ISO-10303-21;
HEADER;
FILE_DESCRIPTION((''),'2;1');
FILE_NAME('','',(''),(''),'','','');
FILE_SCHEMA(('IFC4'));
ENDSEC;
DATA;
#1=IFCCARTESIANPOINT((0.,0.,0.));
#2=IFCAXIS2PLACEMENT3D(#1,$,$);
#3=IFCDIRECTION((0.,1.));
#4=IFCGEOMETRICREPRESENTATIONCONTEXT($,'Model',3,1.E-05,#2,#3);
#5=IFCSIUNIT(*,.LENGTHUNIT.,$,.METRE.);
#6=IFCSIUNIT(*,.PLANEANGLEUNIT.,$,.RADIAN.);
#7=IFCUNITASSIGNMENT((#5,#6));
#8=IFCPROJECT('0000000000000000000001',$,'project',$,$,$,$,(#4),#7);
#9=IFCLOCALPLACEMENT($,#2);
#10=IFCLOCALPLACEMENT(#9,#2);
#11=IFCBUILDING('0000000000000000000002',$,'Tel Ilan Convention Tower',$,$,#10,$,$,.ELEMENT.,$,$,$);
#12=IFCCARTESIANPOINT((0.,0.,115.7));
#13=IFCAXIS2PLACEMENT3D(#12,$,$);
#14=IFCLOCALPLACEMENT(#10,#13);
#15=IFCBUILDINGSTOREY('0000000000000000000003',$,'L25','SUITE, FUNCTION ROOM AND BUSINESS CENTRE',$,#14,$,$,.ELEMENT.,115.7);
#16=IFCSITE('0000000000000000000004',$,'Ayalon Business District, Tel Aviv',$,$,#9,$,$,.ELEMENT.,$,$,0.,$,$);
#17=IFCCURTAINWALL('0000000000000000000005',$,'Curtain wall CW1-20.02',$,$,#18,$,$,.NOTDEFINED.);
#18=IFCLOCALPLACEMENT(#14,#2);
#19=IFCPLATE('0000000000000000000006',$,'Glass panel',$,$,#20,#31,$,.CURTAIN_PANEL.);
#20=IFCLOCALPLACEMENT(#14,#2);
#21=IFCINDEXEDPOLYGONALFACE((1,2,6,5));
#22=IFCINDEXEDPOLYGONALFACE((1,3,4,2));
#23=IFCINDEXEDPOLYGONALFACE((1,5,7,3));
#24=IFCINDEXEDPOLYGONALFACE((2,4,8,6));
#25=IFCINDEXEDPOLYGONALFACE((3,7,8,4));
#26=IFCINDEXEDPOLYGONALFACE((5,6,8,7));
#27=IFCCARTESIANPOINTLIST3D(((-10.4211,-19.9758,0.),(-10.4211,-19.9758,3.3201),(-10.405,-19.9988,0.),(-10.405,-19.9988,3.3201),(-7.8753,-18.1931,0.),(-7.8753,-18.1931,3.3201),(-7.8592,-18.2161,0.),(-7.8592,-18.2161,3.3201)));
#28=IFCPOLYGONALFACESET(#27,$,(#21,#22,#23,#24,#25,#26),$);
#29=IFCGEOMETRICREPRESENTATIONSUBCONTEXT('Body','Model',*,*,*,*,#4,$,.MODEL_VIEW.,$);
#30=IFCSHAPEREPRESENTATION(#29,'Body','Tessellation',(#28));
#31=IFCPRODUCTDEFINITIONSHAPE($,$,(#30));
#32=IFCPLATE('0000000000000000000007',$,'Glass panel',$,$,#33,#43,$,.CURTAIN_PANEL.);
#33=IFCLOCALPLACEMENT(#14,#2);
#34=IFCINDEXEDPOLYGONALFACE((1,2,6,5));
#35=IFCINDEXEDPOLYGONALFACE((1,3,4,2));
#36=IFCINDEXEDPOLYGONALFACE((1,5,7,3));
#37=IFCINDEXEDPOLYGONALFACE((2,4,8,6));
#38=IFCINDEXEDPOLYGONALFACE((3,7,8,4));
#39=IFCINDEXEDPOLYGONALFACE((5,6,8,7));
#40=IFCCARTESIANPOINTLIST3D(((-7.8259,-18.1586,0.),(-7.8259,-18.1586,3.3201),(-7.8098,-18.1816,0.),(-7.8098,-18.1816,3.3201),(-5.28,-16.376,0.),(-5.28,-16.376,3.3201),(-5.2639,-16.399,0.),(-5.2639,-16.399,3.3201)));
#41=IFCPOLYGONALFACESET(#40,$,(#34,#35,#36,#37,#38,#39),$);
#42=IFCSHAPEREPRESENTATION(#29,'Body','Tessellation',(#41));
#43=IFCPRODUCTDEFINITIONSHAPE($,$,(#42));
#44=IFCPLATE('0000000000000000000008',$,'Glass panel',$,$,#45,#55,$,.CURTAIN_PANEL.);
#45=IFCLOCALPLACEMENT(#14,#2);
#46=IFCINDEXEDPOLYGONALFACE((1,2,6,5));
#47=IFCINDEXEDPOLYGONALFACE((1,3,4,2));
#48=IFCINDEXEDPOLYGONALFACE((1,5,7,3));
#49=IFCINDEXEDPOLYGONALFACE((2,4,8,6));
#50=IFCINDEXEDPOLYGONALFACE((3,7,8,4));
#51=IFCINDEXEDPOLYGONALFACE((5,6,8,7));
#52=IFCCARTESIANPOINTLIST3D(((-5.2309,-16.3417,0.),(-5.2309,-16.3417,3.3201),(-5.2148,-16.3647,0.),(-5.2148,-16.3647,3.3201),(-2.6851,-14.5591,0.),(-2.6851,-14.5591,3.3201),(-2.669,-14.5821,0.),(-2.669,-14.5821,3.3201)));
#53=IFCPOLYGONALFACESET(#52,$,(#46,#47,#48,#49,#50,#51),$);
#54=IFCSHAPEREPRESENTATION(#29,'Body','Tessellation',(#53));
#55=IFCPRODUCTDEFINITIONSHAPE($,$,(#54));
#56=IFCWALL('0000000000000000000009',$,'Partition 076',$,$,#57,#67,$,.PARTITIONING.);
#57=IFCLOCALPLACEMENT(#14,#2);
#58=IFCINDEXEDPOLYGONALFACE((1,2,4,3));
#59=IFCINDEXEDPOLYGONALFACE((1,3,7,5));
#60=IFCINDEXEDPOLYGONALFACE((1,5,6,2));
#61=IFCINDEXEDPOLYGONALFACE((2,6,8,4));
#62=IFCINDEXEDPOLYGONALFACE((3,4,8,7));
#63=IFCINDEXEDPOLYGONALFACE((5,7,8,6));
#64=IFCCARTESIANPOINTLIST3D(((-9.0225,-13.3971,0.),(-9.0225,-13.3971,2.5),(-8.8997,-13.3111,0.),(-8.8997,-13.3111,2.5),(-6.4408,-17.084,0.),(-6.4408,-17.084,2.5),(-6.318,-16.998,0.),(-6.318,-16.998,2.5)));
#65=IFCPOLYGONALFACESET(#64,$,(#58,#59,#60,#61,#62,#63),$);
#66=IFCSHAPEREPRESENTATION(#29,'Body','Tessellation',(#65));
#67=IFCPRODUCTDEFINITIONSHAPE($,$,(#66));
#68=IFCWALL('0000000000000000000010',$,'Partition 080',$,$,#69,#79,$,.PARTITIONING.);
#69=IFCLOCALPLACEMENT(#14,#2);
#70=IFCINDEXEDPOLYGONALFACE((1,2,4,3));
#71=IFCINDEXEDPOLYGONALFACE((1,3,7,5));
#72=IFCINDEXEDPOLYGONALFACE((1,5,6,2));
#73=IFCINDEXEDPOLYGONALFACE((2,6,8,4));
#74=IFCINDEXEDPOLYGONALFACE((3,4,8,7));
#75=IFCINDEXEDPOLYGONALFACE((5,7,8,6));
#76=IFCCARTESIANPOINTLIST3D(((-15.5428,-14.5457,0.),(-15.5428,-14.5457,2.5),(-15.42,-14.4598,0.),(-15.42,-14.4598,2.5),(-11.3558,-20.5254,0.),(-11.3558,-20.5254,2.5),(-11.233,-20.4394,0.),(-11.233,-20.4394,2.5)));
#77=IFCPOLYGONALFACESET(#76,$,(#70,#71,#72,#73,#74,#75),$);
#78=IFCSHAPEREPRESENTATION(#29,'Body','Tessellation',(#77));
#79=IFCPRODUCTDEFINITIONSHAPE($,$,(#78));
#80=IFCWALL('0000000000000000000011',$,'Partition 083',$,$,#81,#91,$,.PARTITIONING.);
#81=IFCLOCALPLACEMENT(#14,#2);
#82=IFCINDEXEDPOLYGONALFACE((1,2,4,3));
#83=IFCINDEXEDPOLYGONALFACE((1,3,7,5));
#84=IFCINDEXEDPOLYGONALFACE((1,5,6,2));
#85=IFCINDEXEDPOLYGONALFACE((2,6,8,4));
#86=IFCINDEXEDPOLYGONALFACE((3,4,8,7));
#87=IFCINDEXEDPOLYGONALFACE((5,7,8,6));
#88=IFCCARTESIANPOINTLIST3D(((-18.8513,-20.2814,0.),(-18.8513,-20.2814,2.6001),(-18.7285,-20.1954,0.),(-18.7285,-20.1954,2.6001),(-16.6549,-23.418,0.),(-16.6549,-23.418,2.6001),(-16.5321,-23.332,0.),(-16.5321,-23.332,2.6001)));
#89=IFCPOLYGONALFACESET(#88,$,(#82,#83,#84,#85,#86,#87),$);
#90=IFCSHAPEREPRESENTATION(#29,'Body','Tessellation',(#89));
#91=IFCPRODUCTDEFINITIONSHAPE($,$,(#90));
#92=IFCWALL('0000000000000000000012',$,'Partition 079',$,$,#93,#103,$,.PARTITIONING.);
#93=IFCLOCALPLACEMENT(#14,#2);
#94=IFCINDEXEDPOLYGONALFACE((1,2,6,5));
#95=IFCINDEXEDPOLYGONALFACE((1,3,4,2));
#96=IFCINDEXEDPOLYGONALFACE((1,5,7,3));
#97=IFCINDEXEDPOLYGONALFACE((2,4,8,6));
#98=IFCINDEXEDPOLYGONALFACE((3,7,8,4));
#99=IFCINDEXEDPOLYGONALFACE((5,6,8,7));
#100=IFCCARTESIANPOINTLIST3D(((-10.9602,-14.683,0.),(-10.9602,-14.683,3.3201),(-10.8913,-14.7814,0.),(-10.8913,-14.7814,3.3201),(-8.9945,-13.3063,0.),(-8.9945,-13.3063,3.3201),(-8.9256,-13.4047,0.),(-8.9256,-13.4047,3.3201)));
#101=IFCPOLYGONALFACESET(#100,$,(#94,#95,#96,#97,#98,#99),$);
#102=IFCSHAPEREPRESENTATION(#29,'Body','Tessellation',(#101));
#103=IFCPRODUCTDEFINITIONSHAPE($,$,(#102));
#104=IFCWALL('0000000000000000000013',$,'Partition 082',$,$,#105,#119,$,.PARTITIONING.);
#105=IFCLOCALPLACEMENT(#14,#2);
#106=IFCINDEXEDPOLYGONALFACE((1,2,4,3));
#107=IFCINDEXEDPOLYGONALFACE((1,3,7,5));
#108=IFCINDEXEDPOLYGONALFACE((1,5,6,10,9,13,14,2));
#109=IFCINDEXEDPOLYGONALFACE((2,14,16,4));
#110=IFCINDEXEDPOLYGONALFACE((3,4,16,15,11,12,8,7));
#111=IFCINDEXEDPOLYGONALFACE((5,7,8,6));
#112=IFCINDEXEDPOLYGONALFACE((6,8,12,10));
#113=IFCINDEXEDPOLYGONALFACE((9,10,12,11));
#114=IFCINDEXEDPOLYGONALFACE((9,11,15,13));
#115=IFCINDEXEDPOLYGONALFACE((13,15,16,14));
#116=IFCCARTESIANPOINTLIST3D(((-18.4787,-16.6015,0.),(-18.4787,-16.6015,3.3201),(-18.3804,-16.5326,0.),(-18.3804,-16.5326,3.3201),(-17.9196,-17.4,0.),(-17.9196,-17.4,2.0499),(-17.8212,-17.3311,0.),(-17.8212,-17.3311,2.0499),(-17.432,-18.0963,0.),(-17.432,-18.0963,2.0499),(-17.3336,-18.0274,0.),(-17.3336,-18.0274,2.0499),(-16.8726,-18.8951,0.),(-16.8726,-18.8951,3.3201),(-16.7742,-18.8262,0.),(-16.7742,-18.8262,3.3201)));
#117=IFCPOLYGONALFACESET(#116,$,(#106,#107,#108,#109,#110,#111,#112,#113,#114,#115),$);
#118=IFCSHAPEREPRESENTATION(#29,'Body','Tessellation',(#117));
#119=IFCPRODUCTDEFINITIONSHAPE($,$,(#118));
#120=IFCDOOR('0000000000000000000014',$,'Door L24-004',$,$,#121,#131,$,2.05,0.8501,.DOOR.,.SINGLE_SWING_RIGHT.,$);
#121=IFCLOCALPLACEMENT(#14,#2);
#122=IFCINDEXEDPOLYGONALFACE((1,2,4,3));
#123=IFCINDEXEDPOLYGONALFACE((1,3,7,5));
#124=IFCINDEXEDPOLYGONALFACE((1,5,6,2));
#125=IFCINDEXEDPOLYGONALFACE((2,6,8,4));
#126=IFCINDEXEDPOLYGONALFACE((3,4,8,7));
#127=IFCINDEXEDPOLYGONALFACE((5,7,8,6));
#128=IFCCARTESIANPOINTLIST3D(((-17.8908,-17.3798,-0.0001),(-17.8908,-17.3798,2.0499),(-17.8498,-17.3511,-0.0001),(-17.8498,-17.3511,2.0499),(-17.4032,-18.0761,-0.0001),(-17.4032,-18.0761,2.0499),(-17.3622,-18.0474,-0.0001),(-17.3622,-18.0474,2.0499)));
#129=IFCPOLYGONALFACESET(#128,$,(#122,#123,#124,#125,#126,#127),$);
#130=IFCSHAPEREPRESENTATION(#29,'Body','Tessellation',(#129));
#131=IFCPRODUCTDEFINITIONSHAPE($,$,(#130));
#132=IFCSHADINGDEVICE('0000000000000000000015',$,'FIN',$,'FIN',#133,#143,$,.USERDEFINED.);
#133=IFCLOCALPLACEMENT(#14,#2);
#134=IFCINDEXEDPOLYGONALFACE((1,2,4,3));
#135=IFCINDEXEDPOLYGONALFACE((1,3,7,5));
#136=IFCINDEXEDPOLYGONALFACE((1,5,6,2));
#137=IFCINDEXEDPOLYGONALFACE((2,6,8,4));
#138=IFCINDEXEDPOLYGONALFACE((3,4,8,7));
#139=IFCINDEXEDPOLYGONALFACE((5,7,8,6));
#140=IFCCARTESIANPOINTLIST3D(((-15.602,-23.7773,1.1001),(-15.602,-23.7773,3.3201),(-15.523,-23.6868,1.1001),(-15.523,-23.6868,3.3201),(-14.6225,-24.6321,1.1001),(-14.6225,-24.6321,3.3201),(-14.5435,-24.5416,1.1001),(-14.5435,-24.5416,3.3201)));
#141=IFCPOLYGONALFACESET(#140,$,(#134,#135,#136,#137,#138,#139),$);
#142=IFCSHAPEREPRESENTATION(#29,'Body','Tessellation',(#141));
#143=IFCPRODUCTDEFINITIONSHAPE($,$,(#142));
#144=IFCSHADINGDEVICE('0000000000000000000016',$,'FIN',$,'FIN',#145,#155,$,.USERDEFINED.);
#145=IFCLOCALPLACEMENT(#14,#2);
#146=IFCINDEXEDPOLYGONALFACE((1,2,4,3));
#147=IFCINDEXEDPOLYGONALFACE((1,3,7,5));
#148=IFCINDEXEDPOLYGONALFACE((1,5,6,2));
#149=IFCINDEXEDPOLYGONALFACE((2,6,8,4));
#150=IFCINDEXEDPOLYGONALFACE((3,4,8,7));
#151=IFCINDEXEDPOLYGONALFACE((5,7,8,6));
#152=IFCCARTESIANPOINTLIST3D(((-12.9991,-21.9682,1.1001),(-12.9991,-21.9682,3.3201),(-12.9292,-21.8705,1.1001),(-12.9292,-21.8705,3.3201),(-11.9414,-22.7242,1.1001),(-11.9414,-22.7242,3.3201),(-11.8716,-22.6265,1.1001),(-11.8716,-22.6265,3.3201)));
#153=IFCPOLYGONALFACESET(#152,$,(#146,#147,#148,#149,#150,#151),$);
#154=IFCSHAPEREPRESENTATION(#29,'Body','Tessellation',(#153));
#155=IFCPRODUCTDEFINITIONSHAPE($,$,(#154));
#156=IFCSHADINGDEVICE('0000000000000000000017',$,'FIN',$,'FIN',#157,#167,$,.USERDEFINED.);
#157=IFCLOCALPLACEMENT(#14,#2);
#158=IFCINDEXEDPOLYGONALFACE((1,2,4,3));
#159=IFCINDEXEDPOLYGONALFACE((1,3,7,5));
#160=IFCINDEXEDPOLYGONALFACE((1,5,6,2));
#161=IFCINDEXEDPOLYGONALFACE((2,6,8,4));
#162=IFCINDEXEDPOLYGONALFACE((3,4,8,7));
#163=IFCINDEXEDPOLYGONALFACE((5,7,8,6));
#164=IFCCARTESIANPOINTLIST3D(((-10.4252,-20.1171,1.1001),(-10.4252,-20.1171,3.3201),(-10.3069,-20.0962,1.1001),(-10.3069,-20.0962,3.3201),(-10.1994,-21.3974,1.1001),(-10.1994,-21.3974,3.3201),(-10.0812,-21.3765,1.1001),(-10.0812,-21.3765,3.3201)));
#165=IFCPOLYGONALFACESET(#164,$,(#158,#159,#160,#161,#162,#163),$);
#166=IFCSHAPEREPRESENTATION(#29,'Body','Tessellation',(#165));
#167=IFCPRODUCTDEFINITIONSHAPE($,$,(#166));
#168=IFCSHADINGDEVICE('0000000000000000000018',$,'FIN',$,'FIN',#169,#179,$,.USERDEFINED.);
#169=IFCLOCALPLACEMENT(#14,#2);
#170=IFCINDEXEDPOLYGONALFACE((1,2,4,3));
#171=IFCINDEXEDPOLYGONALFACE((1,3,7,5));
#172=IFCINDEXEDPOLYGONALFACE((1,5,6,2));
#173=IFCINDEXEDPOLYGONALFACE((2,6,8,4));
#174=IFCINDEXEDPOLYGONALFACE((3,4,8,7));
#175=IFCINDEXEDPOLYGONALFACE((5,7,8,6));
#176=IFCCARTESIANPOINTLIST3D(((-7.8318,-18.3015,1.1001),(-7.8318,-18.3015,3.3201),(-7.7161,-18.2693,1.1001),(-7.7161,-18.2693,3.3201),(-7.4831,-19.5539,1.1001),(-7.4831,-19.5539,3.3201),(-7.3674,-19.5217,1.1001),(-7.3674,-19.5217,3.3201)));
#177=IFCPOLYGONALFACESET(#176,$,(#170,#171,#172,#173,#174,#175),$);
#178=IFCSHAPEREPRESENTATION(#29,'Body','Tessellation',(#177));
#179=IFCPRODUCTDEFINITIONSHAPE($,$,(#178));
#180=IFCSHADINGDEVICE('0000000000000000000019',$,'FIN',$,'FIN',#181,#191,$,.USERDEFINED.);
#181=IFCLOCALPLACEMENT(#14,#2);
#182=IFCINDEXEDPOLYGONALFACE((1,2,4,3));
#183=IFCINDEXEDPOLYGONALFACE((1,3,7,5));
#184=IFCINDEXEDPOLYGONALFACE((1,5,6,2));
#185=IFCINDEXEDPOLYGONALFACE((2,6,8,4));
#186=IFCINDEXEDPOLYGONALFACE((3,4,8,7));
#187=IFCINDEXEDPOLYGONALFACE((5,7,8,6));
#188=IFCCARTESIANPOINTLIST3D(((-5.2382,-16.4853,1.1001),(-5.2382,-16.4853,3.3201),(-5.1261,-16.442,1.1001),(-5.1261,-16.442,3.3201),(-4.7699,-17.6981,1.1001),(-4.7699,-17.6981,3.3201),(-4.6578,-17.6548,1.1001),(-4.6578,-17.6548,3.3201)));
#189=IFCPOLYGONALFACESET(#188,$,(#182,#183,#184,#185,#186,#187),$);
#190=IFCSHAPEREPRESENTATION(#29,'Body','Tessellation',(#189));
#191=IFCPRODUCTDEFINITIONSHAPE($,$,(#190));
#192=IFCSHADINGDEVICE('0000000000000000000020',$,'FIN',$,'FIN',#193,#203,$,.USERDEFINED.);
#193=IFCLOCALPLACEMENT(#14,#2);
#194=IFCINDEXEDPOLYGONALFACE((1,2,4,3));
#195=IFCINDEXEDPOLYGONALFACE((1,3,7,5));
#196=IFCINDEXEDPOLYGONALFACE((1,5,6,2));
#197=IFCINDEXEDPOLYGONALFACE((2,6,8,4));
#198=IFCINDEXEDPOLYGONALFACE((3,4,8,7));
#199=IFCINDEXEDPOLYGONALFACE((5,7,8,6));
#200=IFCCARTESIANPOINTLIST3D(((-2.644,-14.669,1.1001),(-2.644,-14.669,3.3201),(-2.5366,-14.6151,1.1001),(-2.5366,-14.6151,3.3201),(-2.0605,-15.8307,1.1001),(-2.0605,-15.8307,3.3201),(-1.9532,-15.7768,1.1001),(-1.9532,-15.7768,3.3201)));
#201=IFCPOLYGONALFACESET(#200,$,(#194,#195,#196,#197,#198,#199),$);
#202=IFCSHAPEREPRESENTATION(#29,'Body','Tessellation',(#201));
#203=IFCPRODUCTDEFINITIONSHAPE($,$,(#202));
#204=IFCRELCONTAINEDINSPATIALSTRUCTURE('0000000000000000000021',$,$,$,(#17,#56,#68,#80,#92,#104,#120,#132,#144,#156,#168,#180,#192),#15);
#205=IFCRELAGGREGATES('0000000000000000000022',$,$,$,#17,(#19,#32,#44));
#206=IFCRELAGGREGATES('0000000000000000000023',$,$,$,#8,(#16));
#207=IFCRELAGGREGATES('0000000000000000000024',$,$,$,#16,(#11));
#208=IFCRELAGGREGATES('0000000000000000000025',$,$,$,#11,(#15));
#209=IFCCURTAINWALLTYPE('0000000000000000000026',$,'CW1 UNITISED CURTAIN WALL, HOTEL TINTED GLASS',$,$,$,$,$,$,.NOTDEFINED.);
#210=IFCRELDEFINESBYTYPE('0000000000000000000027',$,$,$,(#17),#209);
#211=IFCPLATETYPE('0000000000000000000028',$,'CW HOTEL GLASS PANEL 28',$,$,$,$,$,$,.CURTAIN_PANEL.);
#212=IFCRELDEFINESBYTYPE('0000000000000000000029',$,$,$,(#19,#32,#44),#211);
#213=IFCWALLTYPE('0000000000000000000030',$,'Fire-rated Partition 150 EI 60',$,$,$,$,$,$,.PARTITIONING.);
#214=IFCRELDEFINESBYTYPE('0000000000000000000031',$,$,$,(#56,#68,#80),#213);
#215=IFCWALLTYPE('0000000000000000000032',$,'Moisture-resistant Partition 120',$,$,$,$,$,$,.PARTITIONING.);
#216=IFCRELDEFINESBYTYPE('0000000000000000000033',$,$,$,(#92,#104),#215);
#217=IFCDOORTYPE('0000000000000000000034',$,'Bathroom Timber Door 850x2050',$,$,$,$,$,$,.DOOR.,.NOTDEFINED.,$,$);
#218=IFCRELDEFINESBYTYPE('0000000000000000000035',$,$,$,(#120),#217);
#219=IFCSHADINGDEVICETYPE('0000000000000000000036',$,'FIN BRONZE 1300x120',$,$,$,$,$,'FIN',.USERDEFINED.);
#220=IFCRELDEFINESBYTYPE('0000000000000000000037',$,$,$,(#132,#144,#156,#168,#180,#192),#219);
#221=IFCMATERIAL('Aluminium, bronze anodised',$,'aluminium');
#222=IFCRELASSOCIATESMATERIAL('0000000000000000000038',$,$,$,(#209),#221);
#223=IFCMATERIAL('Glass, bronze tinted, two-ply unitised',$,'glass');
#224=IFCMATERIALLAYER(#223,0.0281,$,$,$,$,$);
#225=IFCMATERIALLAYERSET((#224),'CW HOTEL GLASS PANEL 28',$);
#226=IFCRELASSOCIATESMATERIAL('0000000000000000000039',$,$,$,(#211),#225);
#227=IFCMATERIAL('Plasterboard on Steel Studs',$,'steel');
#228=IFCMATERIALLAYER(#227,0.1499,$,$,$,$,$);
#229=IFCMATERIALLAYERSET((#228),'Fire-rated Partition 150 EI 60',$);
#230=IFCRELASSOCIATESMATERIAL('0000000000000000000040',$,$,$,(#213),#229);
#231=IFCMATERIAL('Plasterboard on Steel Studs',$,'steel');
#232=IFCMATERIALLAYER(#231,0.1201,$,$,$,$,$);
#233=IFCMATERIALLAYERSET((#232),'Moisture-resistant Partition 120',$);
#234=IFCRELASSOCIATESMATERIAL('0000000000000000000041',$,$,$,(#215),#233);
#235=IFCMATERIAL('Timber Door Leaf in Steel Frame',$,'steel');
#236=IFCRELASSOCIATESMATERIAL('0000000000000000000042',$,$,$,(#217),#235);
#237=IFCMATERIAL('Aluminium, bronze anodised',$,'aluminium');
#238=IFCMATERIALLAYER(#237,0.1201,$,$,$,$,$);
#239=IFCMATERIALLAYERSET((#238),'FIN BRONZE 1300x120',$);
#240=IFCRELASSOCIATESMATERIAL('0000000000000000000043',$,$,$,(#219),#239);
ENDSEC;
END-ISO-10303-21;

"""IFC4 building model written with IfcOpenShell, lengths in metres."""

from ifc_helpers import new_model, si_unit, direction, frame, frame_2d, origin, origin_2d, place, context, subcontext, project, spatial, rectangle, extrude, material, layer, layer_set, type_object, element, fill, aggregate, save


model = new_model("IFC4")

# Units and contexts
model_context = context("Model", 3, precision=1e-05, world=origin(), true_north=direction((0.0, 1.0)))
body_context = subcontext(model_context, "Body", "Model", "MODEL_VIEW")
ifc_project = project(units=[si_unit("LENGTHUNIT", "METRE"), si_unit("PLANEANGLEUNIT", "RADIAN")], contexts=[model_context])

# Site, building, storey
site_placement = place(None, origin())
site = spatial("IfcSite", under=ifc_project, at=site_placement, Name="Ayalon Business District, Tel Aviv", CompositionType="ELEMENT", RefElevation=0.0)
building_placement = place(site_placement, origin())
building = spatial("IfcBuilding", under=site, at=building_placement, Name="Tel Ilan Convention Tower", CompositionType="ELEMENT")
storey_placement = place(building_placement, frame((0.0, 0.0, 115.7)))
storey = spatial("IfcBuildingStorey", under=building, at=storey_placement, Name="L25", Description="SUITE, FUNCTION ROOM AND BUSINESS CENTRE", CompositionType="ELEMENT", Elevation=115.7)

# Curtain wall, plates
ifc_material_1 = material(Name="Aluminium, bronze anodised", Category="aluminium")
curtain_wall_type = type_object("IfcCurtainWallType", Name="CW1 UNITISED CURTAIN WALL, HOTEL TINTED GLASS", PredefinedType="NOTDEFINED", material=ifc_material_1)
curtain_wall_placement = place(storey_placement, origin())
curtain_wall = element("IfcCurtainWall", 1, at=curtain_wall_placement, inside=storey, type_object=curtain_wall_type, Name="Curtain wall CW1-20.02", PredefinedType="NOTDEFINED")
ifc_material_2 = material(Name="Glass, bronze tinted, two-ply unitised", Category="glass")
ifc_layer_1 = layer(ifc_material_2, 0.0281)
ifc_layer_set_1 = layer_set([ifc_layer_1], Name="CW HOTEL GLASS PANEL 28")
plate_type = type_object("IfcPlateType", Name="CW HOTEL GLASS PANEL 28", PredefinedType="CURTAIN_PANEL", material=ifc_layer_set_1)
plate_1_placement = place(storey_placement, frame((-9.1401, -19.0959, 0.0), z_axis=(0.0, 0.0, 1.0), x_axis=(0.819152, 0.573576, 0.0)))
plate_1 = element("IfcPlate", 2, at=plate_1_placement, type_object=plate_type, Name="Glass panel", PredefinedType="CURTAIN_PANEL", context=body_context, shape_type="SweptSolid", body=[
    extrude(rectangle(XDim=3.1079, YDim=0.0281, at=origin_2d()), origin(), (0.0, 0.0, 1.0), 3.3201),
])
plate_2_placement = place(storey_placement, frame((-6.5449, -17.2788, 0.0), z_axis=(0.0, 0.0, 1.0), x_axis=(0.819152, 0.573576, 0.0)))
plate_2 = element("IfcPlate", 3, at=plate_2_placement, type_object=plate_type, Name="Glass panel", PredefinedType="CURTAIN_PANEL", context=body_context, shape_type="SweptSolid", body=[
    extrude(rectangle(XDim=3.1079, YDim=0.0281, at=origin_2d()), origin(), (0.0, 0.0, 1.0), 3.3201),
])
plate_3_placement = place(storey_placement, frame((-3.95, -15.4619, 0.0), z_axis=(0.0, 0.0, 1.0), x_axis=(0.819152, 0.573576, 0.0)))
plate_3 = element("IfcPlate", 4, at=plate_3_placement, type_object=plate_type, Name="Glass panel", PredefinedType="CURTAIN_PANEL", context=body_context, shape_type="SweptSolid", body=[
    extrude(rectangle(XDim=3.1079, YDim=0.0281, at=origin_2d()), origin(), (0.0, 0.0, 1.0), 3.3201),
])
aggregate(curtain_wall, [plate_1, plate_2, plate_3])

# Walls
ifc_material_3 = material(Name="Plasterboard on Steel Studs", Category="steel")
ifc_layer_2 = layer(ifc_material_3, 0.1499)
ifc_layer_set_2 = layer_set([ifc_layer_2], Name="Fire-rated Partition 150 EI 60")
wall_type_1 = type_object("IfcWallType", Name="Fire-rated Partition 150 EI 60", PredefinedType="PARTITIONING", material=ifc_layer_set_2)
wall_1_placement = place(storey_placement, frame((-6.3794, -17.041, 0.0), z_axis=(0.0, 0.0, 1.0), x_axis=(-0.573593, 0.81914, 0.0)))
element("IfcWall", 5, at=wall_1_placement, inside=storey, type_object=wall_type_1, Name="Partition 076", PredefinedType="PARTITIONING", context=body_context, shape_type="SweptSolid", body=[
    extrude(rectangle(XDim=4.501, YDim=0.1499, at=frame_2d((2.2505, 0.0))), origin(), (0.0, 0.0, 1.0), 2.5),
])
wall_2_placement = place(storey_placement, frame((-11.2944, -20.4824, 0.0), z_axis=(0.0, 0.0, 1.0), x_axis=(-0.573572, 0.819155, 0.0)))
element("IfcWall", 6, at=wall_2_placement, inside=storey, type_object=wall_type_1, Name="Partition 080", PredefinedType="PARTITIONING", context=body_context, shape_type="SweptSolid", body=[
    extrude(rectangle(XDim=7.2998, YDim=0.1499, at=frame_2d((3.6499, 0.0))), origin(), (0.0, 0.0, 1.0), 2.5),
])
wall_3_placement = place(storey_placement, frame((-16.5935, -23.375, 0.0), z_axis=(0.0, 0.0, 1.0), x_axis=(-0.573595, 0.819139, 0.0)))
element("IfcWall", 7, at=wall_3_placement, inside=storey, type_object=wall_type_1, Name="Partition 083", PredefinedType="PARTITIONING", context=body_context, shape_type="SweptSolid", body=[
    extrude(rectangle(XDim=3.8291, YDim=0.1499, at=frame_2d((1.9146, 0.0))), origin(), (0.0, 0.0, 1.0), 2.6001),
])
ifc_material_4 = material(Name="Plasterboard on Steel Studs", Category="steel")
ifc_layer_3 = layer(ifc_material_4, 0.1201)
ifc_layer_set_3 = layer_set([ifc_layer_3], Name="Moisture-resistant Partition 120")
wall_type_2 = type_object("IfcWallType", Name="Moisture-resistant Partition 120", PredefinedType="PARTITIONING", material=ifc_layer_set_3)
wall_4_placement = place(storey_placement, frame((-10.9258, -14.7322, 0.0), z_axis=(0.0, 0.0, 1.0), x_axis=(0.819108, 0.57364, 0.0)))
element("IfcWall", 8, at=wall_4_placement, inside=storey, type_object=wall_type_2, Name="Partition 079", PredefinedType="PARTITIONING", context=body_context, shape_type="SweptSolid", body=[
    extrude(rectangle(XDim=2.3999, YDim=0.1201, at=frame_2d((1.2, 0.0))), origin(), (0.0, 0.0, 1.0), 3.3201),
])

# Wall, opening, door
wall_5_placement = place(storey_placement, frame((-16.8235, -18.8606, 0.0), z_axis=(0.0, 0.0, 1.0), x_axis=(-0.573609, 0.81913, 0.0)))
wall_5 = element("IfcWall", 9, at=wall_5_placement, inside=storey, type_object=wall_type_2, Name="Partition 082", PredefinedType="PARTITIONING", context=body_context, shape_type="SweptSolid", body=[
    extrude(rectangle(XDim=2.8, YDim=0.1201, at=frame_2d((1.3999, 0.0))), origin(), (0.0, 0.0, 1.0), 3.3201),
])
opening_placement = place(wall_5_placement, frame((0.9751, 0.0, 0.0)))
opening = element("IfcOpeningElement", 10, at=opening_placement, cuts=wall_5, PredefinedType="OPENING", context=body_context, shape_type="SweptSolid", body=[
    extrude(rectangle(XDim=0.8501, YDim=2.05, at=frame_2d((0.425, 1.0249))), frame((0.0, 0.0701, 0.0), z_axis=(0.0, -1.0, 0.0), x_axis=(1.0, 0.0, 0.0)), (0.0, 0.0, 1.0), 0.1401),
])
ifc_material_5 = material(Name="Timber Door Leaf in Steel Frame", Category="steel")
door_type = type_object("IfcDoorType", Name="Bathroom Timber Door 850x2050", OperationType="NOTDEFINED", PredefinedType="DOOR", material=ifc_material_5)
door_placement = place(opening_placement, origin())
door = element("IfcDoor", 11, at=door_placement, inside=storey, type_object=door_type, Name="Door L24-004", OperationType="SINGLE_SWING_RIGHT", OverallHeight=2.05, OverallWidth=0.8501, PredefinedType="DOOR", context=body_context, shape_type="SweptSolid", body=[
    extrude(rectangle(XDim=0.8501, YDim=2.05, at=frame_2d((0.425, 1.0249))), frame((0.0, 0.0249, 0.0), z_axis=(0.0, -1.0, 0.0), x_axis=(1.0, 0.0, 0.0)), (0.0, 0.0, 1.0), 0.05),
])
fill(opening, door)

# Shading devices
ifc_material_6 = material(Name="Aluminium, bronze anodised", Category="aluminium")
ifc_layer_4 = layer(ifc_material_6, 0.1201)
ifc_layer_set_4 = layer_set([ifc_layer_4], Name="FIN BRONZE 1300x120")
shading_device_type = type_object("IfcShadingDeviceType", Name="FIN BRONZE 1300x120", ElementType="FIN", PredefinedType="USERDEFINED", material=ifc_layer_set_4)
for number, where, z_axis, x_axis, name in (
    (12, (-15.0728, -24.1594, 1.1001), (0.0, 0.0, 1.0), (0.753436, -0.657521, 0.0), "FIN"),
    (13, (-12.4353, -22.2974, 1.1001), (0.0, 0.0, 1.0), (0.813552, -0.581492, 0.0), "FIN"),
    (14, (-10.2532, -20.7468, 1.1001), (0.0, 0.0, 1.0), (0.173648, -0.984808, 0.0), "FIN"),
    (15, (-7.5996, -18.9116, 1.1001), (0.0, 0.0, 1.0), (0.268173, -0.963371, 0.0), "FIN"),
    (16, (-4.948, -17.0701, 1.1001), (0.0, 0.0, 1.0), (0.360178, -0.932884, 0.0), "FIN"),
    (17, (-2.2986, -15.2229, 1.1001), (0.0, 0.0, 1.0), (0.448799, -0.893633, 0.0), "FIN"),
):
    element("IfcShadingDevice", number, at=place(storey_placement, frame(where, z_axis=z_axis, x_axis=x_axis)), inside=storey, type_object=shading_device_type, Name=name, ObjectType="FIN", PredefinedType="USERDEFINED", context=body_context, shape_type="SweptSolid", body=[
        extrude(rectangle(XDim=1.3, YDim=0.1201, at=origin_2d()), origin(), (0.0, 0.0, 1.0), 2.22),
    ])

save(model, "model.ifc")
